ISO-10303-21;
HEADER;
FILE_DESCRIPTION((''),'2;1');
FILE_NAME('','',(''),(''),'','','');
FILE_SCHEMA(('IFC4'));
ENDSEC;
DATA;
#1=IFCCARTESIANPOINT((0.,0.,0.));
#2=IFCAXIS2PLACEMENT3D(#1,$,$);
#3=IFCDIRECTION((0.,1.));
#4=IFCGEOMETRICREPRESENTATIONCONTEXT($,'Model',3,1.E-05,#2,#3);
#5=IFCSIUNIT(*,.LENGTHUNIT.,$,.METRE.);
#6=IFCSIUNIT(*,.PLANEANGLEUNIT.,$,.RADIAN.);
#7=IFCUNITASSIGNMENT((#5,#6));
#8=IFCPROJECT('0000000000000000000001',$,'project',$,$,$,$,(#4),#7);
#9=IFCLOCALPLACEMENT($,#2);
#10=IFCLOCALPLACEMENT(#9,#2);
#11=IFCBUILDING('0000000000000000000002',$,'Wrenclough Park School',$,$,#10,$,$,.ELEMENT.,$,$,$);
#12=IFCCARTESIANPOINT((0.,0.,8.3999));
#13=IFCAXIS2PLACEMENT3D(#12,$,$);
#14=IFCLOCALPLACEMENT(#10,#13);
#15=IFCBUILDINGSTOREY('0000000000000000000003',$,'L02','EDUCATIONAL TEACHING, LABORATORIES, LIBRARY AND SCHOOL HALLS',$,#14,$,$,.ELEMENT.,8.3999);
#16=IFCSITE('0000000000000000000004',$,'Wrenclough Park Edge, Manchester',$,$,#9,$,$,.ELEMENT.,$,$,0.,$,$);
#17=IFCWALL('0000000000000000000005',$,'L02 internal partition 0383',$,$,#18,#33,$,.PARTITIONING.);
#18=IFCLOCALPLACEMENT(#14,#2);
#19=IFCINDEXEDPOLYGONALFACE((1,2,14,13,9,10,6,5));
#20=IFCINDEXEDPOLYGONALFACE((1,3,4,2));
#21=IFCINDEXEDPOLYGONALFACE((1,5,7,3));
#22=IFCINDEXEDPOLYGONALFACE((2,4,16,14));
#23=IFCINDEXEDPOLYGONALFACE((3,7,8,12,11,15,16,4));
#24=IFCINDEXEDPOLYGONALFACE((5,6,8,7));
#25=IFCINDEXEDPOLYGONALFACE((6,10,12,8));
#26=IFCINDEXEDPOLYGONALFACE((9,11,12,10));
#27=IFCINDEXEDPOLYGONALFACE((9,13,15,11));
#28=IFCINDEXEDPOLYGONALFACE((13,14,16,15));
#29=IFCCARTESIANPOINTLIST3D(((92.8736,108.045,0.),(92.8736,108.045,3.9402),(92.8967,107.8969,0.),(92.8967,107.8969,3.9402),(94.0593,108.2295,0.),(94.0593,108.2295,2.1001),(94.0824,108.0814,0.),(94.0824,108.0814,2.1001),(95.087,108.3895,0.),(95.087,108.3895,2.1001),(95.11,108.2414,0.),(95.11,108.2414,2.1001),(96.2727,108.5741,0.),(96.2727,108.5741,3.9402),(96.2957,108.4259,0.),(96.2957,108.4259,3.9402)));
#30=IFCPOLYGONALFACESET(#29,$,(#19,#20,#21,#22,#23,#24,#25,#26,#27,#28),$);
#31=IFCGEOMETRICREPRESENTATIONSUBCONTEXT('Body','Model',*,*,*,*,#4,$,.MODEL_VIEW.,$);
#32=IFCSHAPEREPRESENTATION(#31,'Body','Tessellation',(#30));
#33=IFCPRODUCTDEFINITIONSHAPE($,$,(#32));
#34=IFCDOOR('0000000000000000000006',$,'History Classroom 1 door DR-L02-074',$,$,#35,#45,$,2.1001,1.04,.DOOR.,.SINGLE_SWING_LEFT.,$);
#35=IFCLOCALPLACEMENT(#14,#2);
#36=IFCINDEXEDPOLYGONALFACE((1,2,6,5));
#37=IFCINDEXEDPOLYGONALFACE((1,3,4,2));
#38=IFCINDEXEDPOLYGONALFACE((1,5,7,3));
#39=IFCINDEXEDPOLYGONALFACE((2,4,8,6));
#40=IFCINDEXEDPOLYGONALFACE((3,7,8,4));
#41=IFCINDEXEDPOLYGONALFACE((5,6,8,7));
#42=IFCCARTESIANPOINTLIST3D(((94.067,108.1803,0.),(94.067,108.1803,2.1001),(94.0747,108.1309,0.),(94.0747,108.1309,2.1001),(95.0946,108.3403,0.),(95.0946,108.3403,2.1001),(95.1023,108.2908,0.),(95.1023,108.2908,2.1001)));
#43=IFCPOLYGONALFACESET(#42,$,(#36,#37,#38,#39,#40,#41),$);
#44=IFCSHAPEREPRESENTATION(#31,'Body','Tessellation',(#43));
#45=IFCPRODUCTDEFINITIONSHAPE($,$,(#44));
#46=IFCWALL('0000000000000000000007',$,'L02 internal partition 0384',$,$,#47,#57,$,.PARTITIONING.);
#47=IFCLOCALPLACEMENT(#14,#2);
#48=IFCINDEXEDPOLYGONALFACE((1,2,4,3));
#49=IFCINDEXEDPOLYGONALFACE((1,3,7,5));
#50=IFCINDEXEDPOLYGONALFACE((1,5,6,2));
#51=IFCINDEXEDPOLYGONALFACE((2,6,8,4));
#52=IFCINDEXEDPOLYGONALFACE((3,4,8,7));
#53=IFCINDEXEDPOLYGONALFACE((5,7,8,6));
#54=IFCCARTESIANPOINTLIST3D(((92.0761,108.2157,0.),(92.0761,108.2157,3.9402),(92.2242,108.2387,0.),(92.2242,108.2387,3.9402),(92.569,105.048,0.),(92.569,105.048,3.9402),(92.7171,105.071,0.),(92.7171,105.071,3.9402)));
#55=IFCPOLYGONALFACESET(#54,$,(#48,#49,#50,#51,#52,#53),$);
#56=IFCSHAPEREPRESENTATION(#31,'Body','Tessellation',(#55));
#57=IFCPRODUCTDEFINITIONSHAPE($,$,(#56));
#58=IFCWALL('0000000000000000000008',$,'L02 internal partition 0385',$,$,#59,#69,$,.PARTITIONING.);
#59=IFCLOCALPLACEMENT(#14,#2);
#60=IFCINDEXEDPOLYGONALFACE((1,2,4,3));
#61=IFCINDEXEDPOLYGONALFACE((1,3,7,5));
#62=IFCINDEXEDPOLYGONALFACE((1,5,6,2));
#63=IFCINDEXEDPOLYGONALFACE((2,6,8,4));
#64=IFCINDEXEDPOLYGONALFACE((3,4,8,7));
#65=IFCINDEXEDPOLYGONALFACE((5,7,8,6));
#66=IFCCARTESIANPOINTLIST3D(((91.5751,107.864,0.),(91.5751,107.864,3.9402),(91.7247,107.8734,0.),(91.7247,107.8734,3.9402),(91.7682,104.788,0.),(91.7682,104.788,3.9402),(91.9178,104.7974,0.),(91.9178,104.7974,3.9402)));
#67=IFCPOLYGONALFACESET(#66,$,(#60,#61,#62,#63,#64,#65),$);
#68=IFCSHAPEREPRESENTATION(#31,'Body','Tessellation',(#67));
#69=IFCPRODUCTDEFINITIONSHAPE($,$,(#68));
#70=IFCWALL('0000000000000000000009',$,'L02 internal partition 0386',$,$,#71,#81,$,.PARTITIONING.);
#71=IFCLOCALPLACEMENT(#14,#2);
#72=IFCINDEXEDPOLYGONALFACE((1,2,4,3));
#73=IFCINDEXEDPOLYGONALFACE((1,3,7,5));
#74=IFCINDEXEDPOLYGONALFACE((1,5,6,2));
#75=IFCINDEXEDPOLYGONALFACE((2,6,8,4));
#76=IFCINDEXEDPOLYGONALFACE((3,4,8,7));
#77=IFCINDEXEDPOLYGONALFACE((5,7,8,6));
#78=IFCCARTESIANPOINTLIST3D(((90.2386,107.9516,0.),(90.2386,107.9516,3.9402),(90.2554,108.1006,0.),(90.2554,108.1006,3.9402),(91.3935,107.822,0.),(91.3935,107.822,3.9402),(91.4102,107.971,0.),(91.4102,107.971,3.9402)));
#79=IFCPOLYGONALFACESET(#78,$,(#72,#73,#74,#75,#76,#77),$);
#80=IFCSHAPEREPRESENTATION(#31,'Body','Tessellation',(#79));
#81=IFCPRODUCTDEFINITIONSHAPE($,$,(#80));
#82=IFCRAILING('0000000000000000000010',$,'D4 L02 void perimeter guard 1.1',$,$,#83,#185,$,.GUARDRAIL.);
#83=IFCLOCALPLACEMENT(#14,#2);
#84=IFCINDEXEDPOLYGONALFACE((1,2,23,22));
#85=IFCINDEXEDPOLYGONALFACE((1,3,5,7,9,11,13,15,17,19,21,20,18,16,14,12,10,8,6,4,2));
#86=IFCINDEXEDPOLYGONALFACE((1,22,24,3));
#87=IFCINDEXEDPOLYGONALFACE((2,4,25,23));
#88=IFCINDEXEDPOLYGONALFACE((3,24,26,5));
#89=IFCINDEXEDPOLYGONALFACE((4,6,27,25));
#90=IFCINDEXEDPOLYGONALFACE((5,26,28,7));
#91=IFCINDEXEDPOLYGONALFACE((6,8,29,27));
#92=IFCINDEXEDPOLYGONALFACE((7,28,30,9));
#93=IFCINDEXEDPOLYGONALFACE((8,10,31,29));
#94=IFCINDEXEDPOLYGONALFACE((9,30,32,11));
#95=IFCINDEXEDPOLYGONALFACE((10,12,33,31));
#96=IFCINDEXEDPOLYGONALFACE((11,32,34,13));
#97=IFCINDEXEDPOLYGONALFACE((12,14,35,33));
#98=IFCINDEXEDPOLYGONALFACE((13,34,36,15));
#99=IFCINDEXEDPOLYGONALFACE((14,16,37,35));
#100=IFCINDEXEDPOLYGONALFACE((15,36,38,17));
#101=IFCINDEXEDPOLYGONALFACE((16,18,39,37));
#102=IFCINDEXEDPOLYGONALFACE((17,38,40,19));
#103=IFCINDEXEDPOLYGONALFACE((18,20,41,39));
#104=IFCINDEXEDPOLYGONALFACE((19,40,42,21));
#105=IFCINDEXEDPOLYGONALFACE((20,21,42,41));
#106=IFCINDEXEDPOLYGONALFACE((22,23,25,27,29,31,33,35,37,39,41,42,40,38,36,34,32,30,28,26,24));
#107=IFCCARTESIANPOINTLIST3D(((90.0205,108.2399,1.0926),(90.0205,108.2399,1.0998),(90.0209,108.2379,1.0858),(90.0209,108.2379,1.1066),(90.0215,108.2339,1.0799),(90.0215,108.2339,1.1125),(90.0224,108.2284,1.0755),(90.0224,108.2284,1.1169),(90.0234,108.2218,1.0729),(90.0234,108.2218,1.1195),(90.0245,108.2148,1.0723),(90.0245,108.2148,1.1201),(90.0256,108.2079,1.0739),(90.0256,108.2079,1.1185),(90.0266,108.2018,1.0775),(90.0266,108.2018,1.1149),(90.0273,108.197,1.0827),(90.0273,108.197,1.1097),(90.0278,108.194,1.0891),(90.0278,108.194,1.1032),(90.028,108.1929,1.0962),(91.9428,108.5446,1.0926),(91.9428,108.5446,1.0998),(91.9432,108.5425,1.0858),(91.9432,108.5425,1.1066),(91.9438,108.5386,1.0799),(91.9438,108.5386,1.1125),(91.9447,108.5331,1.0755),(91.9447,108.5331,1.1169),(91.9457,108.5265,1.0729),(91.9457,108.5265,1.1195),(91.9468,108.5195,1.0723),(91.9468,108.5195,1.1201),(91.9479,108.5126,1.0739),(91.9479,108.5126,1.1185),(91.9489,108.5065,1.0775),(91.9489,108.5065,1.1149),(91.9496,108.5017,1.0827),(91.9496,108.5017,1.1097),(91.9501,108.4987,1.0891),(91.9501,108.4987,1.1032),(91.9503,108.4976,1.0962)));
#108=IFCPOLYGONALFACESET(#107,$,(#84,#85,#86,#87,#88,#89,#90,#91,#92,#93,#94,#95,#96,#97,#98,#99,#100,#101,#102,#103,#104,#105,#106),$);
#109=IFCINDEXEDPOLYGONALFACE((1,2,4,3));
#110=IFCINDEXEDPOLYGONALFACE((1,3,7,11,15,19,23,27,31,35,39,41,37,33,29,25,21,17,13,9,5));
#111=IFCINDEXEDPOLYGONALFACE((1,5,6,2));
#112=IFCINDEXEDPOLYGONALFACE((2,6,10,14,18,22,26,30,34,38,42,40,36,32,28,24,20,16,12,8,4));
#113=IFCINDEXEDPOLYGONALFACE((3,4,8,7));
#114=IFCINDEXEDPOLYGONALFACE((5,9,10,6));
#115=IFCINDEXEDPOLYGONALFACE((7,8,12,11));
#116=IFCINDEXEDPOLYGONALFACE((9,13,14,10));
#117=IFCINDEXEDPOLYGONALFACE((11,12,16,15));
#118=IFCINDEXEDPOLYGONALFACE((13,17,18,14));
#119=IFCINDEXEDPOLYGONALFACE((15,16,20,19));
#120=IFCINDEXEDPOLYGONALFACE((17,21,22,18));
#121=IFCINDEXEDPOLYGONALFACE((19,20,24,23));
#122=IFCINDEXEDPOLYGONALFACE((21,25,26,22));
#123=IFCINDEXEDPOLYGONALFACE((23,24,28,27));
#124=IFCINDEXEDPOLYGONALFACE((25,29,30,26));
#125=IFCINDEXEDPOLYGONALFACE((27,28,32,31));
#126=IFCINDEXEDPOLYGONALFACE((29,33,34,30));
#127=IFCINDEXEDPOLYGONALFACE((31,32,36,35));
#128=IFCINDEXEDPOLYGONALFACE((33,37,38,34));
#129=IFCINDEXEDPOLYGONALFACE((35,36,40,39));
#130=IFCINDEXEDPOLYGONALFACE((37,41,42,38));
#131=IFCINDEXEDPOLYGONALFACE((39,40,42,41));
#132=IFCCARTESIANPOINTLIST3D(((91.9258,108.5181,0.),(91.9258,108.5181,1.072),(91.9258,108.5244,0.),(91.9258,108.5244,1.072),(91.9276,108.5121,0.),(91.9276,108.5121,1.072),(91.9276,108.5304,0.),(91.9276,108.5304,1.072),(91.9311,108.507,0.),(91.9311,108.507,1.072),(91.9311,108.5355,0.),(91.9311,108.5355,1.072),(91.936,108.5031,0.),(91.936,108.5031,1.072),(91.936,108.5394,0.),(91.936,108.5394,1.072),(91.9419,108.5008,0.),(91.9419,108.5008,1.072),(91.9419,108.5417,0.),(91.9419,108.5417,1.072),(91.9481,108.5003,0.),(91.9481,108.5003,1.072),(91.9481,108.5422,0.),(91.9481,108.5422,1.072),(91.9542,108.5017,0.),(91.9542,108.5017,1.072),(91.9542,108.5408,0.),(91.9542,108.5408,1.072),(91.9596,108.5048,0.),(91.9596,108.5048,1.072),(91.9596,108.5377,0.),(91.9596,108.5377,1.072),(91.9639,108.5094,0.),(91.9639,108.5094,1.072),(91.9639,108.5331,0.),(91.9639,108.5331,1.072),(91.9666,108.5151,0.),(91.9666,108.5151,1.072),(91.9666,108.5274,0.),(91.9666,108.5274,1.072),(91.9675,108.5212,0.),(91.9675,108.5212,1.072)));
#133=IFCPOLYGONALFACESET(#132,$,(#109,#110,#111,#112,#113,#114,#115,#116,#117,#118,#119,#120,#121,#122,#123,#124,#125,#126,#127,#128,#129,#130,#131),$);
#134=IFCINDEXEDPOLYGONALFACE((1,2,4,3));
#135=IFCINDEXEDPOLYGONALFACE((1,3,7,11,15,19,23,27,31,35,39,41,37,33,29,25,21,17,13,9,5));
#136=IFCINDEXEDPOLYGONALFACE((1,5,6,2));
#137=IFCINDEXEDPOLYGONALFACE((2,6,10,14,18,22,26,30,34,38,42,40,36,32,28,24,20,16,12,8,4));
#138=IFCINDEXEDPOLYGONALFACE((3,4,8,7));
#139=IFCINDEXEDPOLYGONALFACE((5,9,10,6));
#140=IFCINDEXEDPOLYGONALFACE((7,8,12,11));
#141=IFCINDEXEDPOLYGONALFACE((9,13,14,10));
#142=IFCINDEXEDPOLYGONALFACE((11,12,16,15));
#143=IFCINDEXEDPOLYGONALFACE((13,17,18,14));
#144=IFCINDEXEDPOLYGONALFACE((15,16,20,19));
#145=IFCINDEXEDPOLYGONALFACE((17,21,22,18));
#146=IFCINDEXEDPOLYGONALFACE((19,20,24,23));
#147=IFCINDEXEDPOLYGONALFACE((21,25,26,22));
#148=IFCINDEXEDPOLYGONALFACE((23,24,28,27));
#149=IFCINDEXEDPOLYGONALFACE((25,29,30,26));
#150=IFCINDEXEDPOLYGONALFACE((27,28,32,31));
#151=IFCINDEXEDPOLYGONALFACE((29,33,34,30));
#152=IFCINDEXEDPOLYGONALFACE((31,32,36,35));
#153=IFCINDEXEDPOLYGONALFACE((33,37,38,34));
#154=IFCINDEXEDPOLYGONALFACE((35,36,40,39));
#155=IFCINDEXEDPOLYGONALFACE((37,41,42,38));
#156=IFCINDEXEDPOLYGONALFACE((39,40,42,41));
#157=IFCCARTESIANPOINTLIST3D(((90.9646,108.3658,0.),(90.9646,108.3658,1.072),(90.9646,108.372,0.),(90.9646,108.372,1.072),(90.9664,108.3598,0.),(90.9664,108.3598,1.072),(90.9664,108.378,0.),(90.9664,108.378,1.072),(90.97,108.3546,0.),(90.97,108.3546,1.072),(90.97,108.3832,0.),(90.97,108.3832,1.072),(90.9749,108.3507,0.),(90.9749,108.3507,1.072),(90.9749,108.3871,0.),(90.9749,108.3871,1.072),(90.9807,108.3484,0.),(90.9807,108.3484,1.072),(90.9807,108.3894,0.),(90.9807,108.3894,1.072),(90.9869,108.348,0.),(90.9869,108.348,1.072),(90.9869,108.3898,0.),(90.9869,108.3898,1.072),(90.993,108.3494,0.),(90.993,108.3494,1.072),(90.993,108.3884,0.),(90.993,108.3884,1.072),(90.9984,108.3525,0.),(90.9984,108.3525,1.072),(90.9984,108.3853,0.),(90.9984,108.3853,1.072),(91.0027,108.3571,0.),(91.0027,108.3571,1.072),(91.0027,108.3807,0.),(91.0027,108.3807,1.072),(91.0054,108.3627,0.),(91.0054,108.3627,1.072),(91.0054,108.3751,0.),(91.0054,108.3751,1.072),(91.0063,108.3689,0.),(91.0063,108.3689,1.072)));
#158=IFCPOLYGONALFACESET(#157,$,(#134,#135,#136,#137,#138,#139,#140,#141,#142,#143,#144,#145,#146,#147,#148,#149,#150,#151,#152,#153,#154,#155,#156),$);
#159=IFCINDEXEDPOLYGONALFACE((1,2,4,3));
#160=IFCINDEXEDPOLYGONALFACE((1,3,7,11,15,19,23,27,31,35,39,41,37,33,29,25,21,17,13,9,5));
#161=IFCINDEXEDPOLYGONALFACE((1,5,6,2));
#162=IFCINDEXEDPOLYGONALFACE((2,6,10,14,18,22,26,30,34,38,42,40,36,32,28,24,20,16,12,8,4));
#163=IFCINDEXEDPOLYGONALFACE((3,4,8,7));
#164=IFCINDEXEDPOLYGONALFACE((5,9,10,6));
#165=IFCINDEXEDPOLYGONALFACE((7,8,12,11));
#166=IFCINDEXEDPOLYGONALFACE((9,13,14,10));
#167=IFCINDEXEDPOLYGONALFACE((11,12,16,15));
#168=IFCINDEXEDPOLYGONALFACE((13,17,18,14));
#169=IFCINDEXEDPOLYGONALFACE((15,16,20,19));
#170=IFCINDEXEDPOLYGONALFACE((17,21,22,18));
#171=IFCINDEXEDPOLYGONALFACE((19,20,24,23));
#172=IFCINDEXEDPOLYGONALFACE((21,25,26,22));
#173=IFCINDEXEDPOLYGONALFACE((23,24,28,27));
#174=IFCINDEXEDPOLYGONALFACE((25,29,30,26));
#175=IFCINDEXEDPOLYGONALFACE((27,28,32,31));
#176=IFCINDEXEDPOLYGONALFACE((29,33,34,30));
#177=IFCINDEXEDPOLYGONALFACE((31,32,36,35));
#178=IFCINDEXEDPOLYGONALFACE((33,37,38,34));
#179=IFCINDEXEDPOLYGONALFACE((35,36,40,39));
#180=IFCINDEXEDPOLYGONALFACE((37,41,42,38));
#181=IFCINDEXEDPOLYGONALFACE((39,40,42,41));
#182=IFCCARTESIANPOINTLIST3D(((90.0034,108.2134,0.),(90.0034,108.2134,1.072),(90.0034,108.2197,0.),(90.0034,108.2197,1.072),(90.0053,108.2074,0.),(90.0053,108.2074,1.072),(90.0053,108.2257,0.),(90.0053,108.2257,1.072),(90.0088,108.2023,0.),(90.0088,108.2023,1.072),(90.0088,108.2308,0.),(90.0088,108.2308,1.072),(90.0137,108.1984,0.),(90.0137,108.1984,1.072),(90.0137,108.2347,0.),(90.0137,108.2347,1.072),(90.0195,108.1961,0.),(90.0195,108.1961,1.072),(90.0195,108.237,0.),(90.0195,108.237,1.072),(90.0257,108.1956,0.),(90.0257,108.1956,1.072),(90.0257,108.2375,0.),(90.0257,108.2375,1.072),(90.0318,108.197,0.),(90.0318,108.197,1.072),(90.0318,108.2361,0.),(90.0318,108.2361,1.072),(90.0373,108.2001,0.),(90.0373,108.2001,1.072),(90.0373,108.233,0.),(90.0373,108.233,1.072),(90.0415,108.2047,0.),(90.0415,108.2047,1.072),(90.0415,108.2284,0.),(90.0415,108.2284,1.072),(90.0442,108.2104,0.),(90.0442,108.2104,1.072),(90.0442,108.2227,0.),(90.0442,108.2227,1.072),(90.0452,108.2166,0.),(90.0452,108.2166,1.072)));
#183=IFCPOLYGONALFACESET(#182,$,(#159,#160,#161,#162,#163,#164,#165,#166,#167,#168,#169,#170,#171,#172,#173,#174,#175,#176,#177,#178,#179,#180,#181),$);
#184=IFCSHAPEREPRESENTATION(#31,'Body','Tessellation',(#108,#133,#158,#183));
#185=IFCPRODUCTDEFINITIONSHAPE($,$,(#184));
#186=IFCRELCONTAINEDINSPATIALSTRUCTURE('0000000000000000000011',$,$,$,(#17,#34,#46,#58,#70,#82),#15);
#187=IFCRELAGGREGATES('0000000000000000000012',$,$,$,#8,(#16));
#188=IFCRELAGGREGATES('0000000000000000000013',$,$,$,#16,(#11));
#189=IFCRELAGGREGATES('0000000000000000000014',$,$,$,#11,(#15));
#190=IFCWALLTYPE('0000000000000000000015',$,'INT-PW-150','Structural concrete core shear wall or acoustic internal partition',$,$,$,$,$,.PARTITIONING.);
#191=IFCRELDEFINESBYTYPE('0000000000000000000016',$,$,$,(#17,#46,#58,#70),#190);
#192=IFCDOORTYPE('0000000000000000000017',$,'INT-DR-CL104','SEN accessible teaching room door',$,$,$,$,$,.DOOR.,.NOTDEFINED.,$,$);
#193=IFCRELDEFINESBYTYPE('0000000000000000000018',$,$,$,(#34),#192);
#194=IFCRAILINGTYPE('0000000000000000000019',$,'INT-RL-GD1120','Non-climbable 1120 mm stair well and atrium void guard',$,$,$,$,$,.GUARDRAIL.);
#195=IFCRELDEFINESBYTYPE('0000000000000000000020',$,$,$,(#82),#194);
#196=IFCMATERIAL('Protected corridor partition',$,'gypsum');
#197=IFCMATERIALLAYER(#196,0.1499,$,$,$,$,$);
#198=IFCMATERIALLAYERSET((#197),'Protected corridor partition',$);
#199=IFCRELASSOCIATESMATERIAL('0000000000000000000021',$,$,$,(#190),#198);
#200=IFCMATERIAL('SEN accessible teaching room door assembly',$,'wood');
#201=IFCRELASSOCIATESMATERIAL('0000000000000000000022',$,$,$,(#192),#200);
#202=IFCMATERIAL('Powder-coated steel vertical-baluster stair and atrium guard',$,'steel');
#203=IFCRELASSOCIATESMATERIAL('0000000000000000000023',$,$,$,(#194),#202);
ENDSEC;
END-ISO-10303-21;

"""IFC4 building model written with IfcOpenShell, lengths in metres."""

from ifc_helpers import new_model, si_unit, direction, frame, frame_2d, origin, origin_2d, place, context, subcontext, project, spatial, rectangle, circle, extrude, material, layer, layer_set, type_object, element, fill, save


model = new_model("IFC4")

# Units and contexts
model_context = context("Model", 3, precision=1e-05, world=origin(), true_north=direction((0.0, 1.0)))
body_context = subcontext(model_context, "Body", "Model", "MODEL_VIEW")
ifc_project = project(units=[si_unit("LENGTHUNIT", "METRE"), si_unit("PLANEANGLEUNIT", "RADIAN")], contexts=[model_context])

# Site, building, storey
site_placement = place(None, origin())
site = spatial("IfcSite", under=ifc_project, at=site_placement, Name="Wrenclough Park Edge, Manchester", CompositionType="ELEMENT", RefElevation=0.0)
building_placement = place(site_placement, origin())
building = spatial("IfcBuilding", under=site, at=building_placement, Name="Wrenclough Park School", CompositionType="ELEMENT")
storey_placement = place(building_placement, frame((0.0, 0.0, 8.3999)))
storey = spatial("IfcBuildingStorey", under=building, at=storey_placement, Name="L02", Description="EDUCATIONAL TEACHING, LABORATORIES, LIBRARY AND SCHOOL HALLS", CompositionType="ELEMENT", Elevation=8.3999)

# Wall, opening, door
ifc_material_1 = material(Name="Protected corridor partition", Category="gypsum")
ifc_layer_1 = layer(ifc_material_1, 0.1499)
ifc_layer_set_1 = layer_set([ifc_layer_1], Name="Protected corridor partition")
wall_type_1 = type_object("IfcWallType", Name="INT-PW-150", Description="Structural concrete core shear wall or acoustic internal partition", PredefinedType="PARTITIONING", material=ifc_layer_set_1)
wall_1_placement = place(storey_placement, frame((96.2842, 108.5, 0.0), z_axis=(0.0, 0.0, 1.0), x_axis=(-0.988102, -0.153801, 0.0)))
wall_1 = element("IfcWall", 1, at=wall_1_placement, inside=storey, type_object=wall_type_1, Name="L02 internal partition 0383", PredefinedType="PARTITIONING", context=body_context, shape_type="SweptSolid", body=[
    extrude(rectangle(XDim=3.4399, YDim=0.1499, at=frame_2d((1.72, 0.0))), origin(), (0.0, 0.0, 1.0), 3.9402),
])
opening_1_placement = place(wall_1_placement, frame((1.2, 0.0, 0.0)))
opening_1 = element("IfcOpeningElement", 2, at=opening_1_placement, cuts=wall_1, PredefinedType="OPENING", context=body_context, shape_type="SweptSolid", body=[
    extrude(rectangle(XDim=1.04, YDim=2.1001, at=frame_2d((0.52, 1.05))), frame((0.0, 0.085, 0.0), z_axis=(0.0, -1.0, 0.0), x_axis=(1.0, 0.0, 0.0)), (0.0, 0.0, 1.0), 0.1699),
])
ifc_material_2 = material(Name="SEN accessible teaching room door assembly", Category="wood")
door_type = type_object("IfcDoorType", Name="INT-DR-CL104", Description="SEN accessible teaching room door", OperationType="NOTDEFINED", PredefinedType="DOOR", material=ifc_material_2)
door_placement = place(opening_1_placement, origin())
door = element("IfcDoor", 3, at=door_placement, inside=storey, type_object=door_type, Name="History Classroom 1 door DR-L02-074", OperationType="SINGLE_SWING_LEFT", OverallHeight=2.1001, OverallWidth=1.04, PredefinedType="DOOR", context=body_context, shape_type="SweptSolid", body=[
    extrude(rectangle(XDim=1.04, YDim=2.1001, at=frame_2d((0.52, 1.05))), frame((0.0, 0.0249, 0.0), z_axis=(0.0, -1.0, 0.0), x_axis=(1.0, 0.0, 0.0)), (0.0, 0.0, 1.0), 0.05),
])
fill(opening_1, door)

# Walls
wall_2_placement = place(storey_placement, frame((92.1501, 108.2273, 0.0), z_axis=(0.0, 0.0, 1.0), x_axis=(0.153757, -0.988109, 0.0)))
element("IfcWall", 4, at=wall_2_placement, inside=storey, type_object=wall_type_1, Name="L02 internal partition 0384", PredefinedType="PARTITIONING", context=body_context, shape_type="SweptSolid", body=[
    extrude(rectangle(XDim=3.2058, YDim=0.1499, at=frame_2d((1.603, 0.0))), origin(), (0.0, 0.0, 1.0), 3.9402),
])
wall_3_placement = place(storey_placement, frame((91.843, 104.7927, 0.0), z_axis=(0.0, 0.0, 1.0), x_axis=(-0.062659, 0.998035, 0.0)))
element("IfcWall", 5, at=wall_3_placement, inside=storey, type_object=wall_type_1, Name="L02 internal partition 0385", PredefinedType="PARTITIONING", context=body_context, shape_type="SweptSolid", body=[
    extrude(rectangle(XDim=3.082, YDim=0.1499, at=frame_2d((1.541, 0.0))), origin(), (0.0, 0.0, 1.0), 3.9402),
])
wall_4_placement = place(storey_placement, frame((91.4019, 107.8965, 0.0), z_axis=(0.0, 0.0, 1.0), x_axis=(-0.993758, 0.111561, 0.0)))
element("IfcWall", 6, at=wall_4_placement, inside=storey, type_object=wall_type_1, Name="L02 internal partition 0386", PredefinedType="PARTITIONING", context=body_context, shape_type="SweptSolid", body=[
    extrude(rectangle(XDim=1.1621, YDim=0.1499, at=frame_2d((0.5811, 0.0))), origin(), (0.0, 0.0, 1.0), 3.9402),
])

# Railing
ifc_material_3 = material(Name="Powder-coated steel vertical-baluster stair and atrium guard", Category="steel")
railing_type = type_object("IfcRailingType", Name="INT-RL-GD1120", Description="Non-climbable 1120 mm stair well and atrium void guard", PredefinedType="GUARDRAIL", material=ifc_material_3)
railing_1_placement = place(storey_placement, frame((91.9465, 108.5212, 0.0)))
element("IfcRailing", 7, at=railing_1_placement, inside=storey, type_object=railing_type, Name="D4 L02 void perimeter guard 1.1", PredefinedType="GUARDRAIL", context=body_context, shape_type="SweptSolid", body=[
    extrude(circle(Radius=0.0239, at=origin_2d()), frame((0.0, 0.0, 1.0962), z_axis=(-0.987671, -0.156542, 0.0), x_axis=(0.156542, -0.987671, 0.0)), (0.0, 0.0, 1.0), 1.9463),
    extrude(circle(Radius=0.021, at=origin_2d()), origin(), (0.0, 0.0, 1.0), 1.072),
    extrude(circle(Radius=0.021, at=origin_2d()), frame((-0.9612, -0.1523, 0.0)), (0.0, 0.0, 1.0), 1.072),
    extrude(circle(Radius=0.021, at=origin_2d()), frame((-1.9224, -0.3047, 0.0)), (0.0, 0.0, 1.0), 1.072),
])

save(model, "model.ifc")
